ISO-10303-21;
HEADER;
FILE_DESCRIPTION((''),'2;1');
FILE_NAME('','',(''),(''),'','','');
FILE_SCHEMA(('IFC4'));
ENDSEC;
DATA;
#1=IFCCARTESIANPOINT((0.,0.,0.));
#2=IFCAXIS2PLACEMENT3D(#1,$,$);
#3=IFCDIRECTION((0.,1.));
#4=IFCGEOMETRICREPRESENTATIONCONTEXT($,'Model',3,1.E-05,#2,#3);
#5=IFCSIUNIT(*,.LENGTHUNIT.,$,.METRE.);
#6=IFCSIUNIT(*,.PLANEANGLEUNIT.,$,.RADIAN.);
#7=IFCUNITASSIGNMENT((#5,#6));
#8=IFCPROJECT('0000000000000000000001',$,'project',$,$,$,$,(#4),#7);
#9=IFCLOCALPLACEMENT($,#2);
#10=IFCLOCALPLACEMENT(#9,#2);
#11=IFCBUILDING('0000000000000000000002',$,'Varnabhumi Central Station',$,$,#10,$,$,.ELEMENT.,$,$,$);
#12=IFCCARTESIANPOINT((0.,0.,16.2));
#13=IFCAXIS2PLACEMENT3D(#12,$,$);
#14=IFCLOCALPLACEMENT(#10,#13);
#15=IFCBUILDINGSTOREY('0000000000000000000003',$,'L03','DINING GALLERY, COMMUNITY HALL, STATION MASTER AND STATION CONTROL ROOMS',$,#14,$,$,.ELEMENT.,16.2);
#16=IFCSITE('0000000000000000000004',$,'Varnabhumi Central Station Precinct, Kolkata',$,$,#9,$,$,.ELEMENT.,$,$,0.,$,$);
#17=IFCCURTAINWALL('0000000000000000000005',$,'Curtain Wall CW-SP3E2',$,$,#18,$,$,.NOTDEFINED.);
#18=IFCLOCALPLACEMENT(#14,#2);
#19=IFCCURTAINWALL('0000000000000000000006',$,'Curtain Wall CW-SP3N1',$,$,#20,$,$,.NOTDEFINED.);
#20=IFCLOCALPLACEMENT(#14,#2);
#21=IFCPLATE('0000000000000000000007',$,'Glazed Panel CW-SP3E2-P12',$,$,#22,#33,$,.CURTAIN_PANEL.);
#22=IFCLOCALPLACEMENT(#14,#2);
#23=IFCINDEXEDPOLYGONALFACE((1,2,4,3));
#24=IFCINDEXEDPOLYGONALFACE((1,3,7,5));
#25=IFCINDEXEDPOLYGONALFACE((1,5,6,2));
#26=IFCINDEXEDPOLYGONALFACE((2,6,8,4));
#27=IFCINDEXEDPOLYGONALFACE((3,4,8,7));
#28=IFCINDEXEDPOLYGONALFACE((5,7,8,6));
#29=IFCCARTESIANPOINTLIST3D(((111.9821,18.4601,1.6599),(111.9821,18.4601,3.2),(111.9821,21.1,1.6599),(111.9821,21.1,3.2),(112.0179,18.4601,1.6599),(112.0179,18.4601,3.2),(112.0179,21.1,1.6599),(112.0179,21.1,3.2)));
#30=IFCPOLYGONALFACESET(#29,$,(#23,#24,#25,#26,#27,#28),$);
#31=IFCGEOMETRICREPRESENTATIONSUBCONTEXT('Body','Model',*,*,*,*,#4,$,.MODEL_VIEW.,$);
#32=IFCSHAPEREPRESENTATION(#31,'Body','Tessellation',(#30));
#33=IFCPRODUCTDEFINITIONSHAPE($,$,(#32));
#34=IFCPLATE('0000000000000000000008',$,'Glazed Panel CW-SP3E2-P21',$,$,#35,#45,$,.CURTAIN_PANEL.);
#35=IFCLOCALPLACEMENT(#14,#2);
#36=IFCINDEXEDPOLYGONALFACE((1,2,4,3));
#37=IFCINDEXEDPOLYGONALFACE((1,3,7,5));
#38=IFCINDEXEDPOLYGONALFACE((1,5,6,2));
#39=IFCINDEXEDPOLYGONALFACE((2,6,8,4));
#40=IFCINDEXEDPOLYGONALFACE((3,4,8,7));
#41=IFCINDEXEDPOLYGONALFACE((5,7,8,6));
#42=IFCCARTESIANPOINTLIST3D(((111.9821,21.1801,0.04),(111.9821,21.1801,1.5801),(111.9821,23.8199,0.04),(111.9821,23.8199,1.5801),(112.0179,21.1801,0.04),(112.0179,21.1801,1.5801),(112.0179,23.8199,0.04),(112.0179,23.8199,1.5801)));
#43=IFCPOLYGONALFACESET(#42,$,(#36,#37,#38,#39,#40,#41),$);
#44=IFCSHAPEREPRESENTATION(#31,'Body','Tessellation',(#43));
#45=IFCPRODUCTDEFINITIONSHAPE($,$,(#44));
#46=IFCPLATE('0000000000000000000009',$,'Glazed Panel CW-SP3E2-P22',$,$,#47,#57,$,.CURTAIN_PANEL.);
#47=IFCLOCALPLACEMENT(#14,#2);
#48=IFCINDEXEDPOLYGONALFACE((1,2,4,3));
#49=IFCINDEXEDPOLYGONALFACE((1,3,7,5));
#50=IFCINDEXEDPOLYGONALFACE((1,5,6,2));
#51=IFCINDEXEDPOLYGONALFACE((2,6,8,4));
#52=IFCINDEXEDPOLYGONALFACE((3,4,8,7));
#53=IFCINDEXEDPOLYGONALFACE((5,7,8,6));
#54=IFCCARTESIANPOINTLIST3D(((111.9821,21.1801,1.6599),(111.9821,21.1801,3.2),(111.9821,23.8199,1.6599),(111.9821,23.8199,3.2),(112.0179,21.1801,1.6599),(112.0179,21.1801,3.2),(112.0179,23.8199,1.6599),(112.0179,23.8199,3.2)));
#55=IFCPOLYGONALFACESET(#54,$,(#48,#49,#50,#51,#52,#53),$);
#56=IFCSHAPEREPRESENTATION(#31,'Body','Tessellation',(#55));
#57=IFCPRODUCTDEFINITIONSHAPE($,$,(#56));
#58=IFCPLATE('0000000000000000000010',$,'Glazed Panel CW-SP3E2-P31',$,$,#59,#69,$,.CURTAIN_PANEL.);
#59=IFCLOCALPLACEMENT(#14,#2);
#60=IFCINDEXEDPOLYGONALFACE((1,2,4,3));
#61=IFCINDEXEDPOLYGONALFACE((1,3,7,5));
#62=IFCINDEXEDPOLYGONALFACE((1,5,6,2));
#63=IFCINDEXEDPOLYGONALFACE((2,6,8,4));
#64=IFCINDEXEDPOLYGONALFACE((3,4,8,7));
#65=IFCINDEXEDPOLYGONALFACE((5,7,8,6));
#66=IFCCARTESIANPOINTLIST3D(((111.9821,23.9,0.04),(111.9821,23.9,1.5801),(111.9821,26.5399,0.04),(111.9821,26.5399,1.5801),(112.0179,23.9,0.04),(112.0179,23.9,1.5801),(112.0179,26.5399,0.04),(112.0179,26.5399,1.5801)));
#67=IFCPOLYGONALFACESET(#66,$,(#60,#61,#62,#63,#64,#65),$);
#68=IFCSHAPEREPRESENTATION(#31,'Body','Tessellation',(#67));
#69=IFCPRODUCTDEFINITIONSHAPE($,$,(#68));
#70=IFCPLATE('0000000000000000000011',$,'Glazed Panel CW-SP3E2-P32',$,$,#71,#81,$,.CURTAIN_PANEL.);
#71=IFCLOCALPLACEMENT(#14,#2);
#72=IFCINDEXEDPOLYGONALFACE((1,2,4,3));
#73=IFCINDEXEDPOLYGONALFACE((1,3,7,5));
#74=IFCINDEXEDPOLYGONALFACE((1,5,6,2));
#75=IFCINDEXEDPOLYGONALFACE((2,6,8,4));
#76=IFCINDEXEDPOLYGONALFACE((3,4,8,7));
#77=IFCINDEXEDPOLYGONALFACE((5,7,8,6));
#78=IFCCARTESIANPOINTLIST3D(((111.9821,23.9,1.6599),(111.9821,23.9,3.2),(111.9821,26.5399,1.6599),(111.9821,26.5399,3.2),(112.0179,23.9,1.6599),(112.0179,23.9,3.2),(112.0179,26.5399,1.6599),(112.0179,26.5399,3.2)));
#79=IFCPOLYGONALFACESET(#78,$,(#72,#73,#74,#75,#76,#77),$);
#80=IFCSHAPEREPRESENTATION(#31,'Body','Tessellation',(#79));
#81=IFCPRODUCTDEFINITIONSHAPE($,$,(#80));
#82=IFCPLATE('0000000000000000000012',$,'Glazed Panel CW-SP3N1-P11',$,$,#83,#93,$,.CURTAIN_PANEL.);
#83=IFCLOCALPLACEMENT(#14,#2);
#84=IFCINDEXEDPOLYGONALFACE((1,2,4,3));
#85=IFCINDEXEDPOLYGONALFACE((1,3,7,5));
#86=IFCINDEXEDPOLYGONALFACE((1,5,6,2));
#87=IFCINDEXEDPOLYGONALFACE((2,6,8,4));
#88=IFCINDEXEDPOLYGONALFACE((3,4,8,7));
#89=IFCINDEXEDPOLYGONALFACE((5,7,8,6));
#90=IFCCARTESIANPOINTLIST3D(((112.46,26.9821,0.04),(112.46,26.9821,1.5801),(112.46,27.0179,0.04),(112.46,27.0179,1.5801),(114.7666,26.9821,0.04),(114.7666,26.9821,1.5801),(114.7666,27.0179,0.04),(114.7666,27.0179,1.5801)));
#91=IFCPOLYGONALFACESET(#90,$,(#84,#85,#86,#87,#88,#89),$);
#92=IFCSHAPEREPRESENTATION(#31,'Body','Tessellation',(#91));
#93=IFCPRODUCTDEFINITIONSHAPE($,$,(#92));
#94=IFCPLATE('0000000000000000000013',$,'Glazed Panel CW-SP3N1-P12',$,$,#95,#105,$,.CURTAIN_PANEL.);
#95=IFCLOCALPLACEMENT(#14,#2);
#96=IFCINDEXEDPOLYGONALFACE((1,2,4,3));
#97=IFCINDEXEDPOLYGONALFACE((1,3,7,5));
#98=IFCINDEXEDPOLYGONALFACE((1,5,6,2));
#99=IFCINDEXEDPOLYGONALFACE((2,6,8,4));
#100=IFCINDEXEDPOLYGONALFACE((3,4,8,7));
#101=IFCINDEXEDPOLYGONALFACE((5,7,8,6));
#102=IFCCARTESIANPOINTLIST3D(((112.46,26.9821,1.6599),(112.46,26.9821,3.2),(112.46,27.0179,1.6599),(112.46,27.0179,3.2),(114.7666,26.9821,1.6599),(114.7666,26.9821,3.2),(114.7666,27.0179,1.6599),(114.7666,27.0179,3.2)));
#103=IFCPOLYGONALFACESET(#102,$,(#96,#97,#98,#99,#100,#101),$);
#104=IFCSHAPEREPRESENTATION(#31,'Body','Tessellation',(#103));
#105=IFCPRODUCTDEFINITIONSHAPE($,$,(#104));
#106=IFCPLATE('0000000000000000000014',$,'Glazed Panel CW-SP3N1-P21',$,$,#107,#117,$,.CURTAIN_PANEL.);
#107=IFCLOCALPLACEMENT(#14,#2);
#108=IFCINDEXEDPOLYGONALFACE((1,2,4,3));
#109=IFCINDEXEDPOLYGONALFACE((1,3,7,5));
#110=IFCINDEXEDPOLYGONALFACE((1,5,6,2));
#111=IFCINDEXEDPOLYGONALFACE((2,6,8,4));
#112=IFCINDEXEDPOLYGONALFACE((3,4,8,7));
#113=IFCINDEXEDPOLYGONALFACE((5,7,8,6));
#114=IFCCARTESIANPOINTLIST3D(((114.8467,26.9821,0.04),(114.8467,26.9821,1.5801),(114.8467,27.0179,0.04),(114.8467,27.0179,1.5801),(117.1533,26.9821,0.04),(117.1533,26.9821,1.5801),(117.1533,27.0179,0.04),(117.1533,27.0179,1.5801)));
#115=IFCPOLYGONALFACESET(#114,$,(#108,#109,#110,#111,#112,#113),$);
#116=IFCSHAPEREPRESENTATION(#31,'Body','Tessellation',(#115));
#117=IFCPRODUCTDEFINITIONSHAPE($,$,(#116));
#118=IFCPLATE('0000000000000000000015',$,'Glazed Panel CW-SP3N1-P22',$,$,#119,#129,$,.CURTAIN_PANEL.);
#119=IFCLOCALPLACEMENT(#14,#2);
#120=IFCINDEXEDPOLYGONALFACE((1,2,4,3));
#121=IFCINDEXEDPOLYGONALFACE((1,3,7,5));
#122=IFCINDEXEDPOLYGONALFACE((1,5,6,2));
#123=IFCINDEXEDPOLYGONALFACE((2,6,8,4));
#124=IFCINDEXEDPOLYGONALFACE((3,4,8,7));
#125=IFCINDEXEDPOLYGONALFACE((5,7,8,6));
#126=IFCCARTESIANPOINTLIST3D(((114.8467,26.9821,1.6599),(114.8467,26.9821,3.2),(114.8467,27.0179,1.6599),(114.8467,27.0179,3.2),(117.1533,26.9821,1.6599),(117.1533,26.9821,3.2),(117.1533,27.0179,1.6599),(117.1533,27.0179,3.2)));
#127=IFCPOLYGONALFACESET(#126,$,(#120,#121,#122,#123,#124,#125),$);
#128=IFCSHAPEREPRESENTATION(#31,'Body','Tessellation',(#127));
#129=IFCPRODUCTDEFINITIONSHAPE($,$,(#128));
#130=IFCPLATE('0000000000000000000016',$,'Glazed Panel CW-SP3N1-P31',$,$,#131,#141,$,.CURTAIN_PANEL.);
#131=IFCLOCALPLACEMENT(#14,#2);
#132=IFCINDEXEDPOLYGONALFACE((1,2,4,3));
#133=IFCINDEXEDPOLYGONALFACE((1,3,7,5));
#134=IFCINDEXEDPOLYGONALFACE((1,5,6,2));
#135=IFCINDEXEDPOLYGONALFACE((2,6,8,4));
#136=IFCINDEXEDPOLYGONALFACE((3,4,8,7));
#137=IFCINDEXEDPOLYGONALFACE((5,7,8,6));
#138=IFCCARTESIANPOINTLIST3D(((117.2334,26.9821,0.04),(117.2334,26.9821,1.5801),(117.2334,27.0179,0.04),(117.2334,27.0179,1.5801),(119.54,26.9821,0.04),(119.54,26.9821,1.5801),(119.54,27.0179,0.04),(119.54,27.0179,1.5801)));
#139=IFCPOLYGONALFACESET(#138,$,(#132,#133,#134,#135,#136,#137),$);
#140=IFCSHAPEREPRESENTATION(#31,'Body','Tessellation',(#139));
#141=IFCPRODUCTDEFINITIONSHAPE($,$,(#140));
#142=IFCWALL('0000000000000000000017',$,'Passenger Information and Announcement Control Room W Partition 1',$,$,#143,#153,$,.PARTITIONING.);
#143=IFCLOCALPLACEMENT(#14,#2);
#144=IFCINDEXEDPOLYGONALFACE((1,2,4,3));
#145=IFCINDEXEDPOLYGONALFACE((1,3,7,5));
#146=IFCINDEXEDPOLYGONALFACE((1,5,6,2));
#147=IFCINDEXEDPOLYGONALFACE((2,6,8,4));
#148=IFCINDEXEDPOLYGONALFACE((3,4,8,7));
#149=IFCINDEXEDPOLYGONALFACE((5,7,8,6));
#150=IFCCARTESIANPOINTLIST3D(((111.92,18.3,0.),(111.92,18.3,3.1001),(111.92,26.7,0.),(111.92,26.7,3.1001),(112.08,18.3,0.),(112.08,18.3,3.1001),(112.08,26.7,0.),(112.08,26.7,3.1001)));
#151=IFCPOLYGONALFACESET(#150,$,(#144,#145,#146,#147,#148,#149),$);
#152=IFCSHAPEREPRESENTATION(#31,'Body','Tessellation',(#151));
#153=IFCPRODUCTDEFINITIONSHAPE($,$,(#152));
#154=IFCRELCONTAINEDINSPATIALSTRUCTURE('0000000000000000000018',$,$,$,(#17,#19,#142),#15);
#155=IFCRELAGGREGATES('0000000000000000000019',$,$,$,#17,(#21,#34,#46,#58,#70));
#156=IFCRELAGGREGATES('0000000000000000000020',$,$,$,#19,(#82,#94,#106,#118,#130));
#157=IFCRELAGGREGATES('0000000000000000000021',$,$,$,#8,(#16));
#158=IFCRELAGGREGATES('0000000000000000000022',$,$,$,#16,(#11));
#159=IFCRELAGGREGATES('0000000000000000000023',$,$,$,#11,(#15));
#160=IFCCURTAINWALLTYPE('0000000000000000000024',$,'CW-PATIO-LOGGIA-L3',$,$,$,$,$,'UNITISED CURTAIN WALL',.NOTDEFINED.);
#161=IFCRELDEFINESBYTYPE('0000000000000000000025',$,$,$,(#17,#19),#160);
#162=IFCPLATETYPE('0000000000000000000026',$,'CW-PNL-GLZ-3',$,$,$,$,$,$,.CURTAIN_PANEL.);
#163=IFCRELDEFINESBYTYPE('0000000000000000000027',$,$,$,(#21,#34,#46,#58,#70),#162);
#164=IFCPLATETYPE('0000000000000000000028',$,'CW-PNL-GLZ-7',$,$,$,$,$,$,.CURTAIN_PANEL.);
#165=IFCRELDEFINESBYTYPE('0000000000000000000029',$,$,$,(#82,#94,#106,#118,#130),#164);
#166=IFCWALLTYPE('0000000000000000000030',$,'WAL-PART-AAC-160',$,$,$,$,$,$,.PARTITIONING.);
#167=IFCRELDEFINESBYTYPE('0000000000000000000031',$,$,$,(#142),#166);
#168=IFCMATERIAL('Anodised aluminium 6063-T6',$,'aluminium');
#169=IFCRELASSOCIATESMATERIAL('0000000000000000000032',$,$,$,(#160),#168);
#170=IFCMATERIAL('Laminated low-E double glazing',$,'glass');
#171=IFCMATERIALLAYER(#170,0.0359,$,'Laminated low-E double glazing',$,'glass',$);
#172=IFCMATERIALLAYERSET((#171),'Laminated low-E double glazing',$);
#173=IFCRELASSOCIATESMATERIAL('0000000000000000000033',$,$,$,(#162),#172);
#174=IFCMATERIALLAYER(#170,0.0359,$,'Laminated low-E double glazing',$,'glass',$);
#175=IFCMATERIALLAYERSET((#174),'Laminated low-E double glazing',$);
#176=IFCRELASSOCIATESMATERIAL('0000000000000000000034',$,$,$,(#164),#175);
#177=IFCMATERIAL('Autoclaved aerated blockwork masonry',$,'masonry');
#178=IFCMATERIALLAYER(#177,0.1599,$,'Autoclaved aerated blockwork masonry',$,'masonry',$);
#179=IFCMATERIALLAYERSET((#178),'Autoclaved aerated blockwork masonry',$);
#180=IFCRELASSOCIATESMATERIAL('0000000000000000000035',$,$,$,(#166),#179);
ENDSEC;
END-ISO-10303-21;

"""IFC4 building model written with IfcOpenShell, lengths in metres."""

from ifc_helpers import new_model, si_unit, direction, frame, frame_2d, origin, origin_2d, place, context, subcontext, project, spatial, rectangle, extrude, material, layer, layer_set, type_object, element, aggregate, save


model = new_model("IFC4")

# Units and contexts
model_context = context("Model", 3, precision=1e-05, world=origin(), true_north=direction((0.0, 1.0)))
body_context = subcontext(model_context, "Body", "Model", "MODEL_VIEW")
ifc_project = project(units=[si_unit("LENGTHUNIT", "METRE"), si_unit("PLANEANGLEUNIT", "RADIAN")], contexts=[model_context])

# Site, building, storey
site_placement = place(None, origin())
site = spatial("IfcSite", under=ifc_project, at=site_placement, Name="Varnabhumi Central Station Precinct, Kolkata", CompositionType="ELEMENT", RefElevation=0.0)
building_placement = place(site_placement, origin())
building = spatial("IfcBuilding", under=site, at=building_placement, Name="Varnabhumi Central Station", CompositionType="ELEMENT")
storey_placement = place(building_placement, frame((0.0, 0.0, 16.2)))
storey = spatial("IfcBuildingStorey", under=building, at=storey_placement, Name="L03", Description="DINING GALLERY, COMMUNITY HALL, STATION MASTER AND STATION CONTROL ROOMS", CompositionType="ELEMENT", Elevation=16.2)

# Curtain walls
ifc_material_1 = material(Name="Anodised aluminium 6063-T6", Category="aluminium")
curtain_wall_type = type_object("IfcCurtainWallType", Name="CW-PATIO-LOGGIA-L3", ElementType="UNITISED CURTAIN WALL", PredefinedType="NOTDEFINED", material=ifc_material_1)
curtain_wall_1_placement = place(storey_placement, origin())
curtain_wall_1 = element("IfcCurtainWall", 1, at=curtain_wall_1_placement, inside=storey, type_object=curtain_wall_type, Name="Curtain Wall CW-SP3E2", PredefinedType="NOTDEFINED")
curtain_wall_2_placement = place(storey_placement, origin())
curtain_wall_2 = element("IfcCurtainWall", 2, at=curtain_wall_2_placement, inside=storey, type_object=curtain_wall_type, Name="Curtain Wall CW-SP3N1", PredefinedType="NOTDEFINED")

# Plates
ifc_material_2 = material(Name="Laminated low-E double glazing", Category="glass")
ifc_layer_1 = layer(ifc_material_2, 0.0359, Name="Laminated low-E double glazing", Category="glass")
ifc_layer_set_1 = layer_set([ifc_layer_1], Name="Laminated low-E double glazing")
plate_type_1 = type_object("IfcPlateType", Name="CW-PNL-GLZ-3", PredefinedType="CURTAIN_PANEL", material=ifc_layer_set_1)
plate_1_placement = place(storey_placement, frame((112.0, 19.78, 1.6599), z_axis=(0.0, 0.0, 1.0), x_axis=(0.0, 1.0, 0.0)))
plate_1 = element("IfcPlate", 3, at=plate_1_placement, type_object=plate_type_1, Name="Glazed Panel CW-SP3E2-P12", PredefinedType="CURTAIN_PANEL", context=body_context, shape_type="SweptSolid", body=[
    extrude(rectangle(XDim=2.6399, YDim=0.0359, at=origin_2d()), origin(), (0.0, 0.0, 1.0), 1.54),
])
plate_2_placement = place(storey_placement, frame((112.0, 22.5, 0.04), z_axis=(0.0, 0.0, 1.0), x_axis=(0.0, 1.0, 0.0)))
plate_2 = element("IfcPlate", 4, at=plate_2_placement, type_object=plate_type_1, Name="Glazed Panel CW-SP3E2-P21", PredefinedType="CURTAIN_PANEL", context=body_context, shape_type="SweptSolid", body=[
    extrude(rectangle(XDim=2.6399, YDim=0.0359, at=origin_2d()), origin(), (0.0, 0.0, 1.0), 1.54),
])
plate_3_placement = place(storey_placement, frame((112.0, 22.5, 1.6599), z_axis=(0.0, 0.0, 1.0), x_axis=(0.0, 1.0, 0.0)))
plate_3 = element("IfcPlate", 5, at=plate_3_placement, type_object=plate_type_1, Name="Glazed Panel CW-SP3E2-P22", PredefinedType="CURTAIN_PANEL", context=body_context, shape_type="SweptSolid", body=[
    extrude(rectangle(XDim=2.6399, YDim=0.0359, at=origin_2d()), origin(), (0.0, 0.0, 1.0), 1.54),
])
plate_4_placement = place(storey_placement, frame((112.0, 25.22, 0.04), z_axis=(0.0, 0.0, 1.0), x_axis=(0.0, 1.0, 0.0)))
plate_4 = element("IfcPlate", 6, at=plate_4_placement, type_object=plate_type_1, Name="Glazed Panel CW-SP3E2-P31", PredefinedType="CURTAIN_PANEL", context=body_context, shape_type="SweptSolid", body=[
    extrude(rectangle(XDim=2.6399, YDim=0.0359, at=origin_2d()), origin(), (0.0, 0.0, 1.0), 1.54),
])
plate_5_placement = place(storey_placement, frame((112.0, 25.22, 1.6599), z_axis=(0.0, 0.0, 1.0), x_axis=(0.0, 1.0, 0.0)))
plate_5 = element("IfcPlate", 7, at=plate_5_placement, type_object=plate_type_1, Name="Glazed Panel CW-SP3E2-P32", PredefinedType="CURTAIN_PANEL", context=body_context, shape_type="SweptSolid", body=[
    extrude(rectangle(XDim=2.6399, YDim=0.0359, at=origin_2d()), origin(), (0.0, 0.0, 1.0), 1.54),
])
aggregate(curtain_wall_1, [plate_1, plate_2, plate_3, plate_4, plate_5])
ifc_layer_2 = layer(ifc_material_2, 0.0359, Name="Laminated low-E double glazing", Category="glass")
ifc_layer_set_2 = layer_set([ifc_layer_2], Name="Laminated low-E double glazing")
plate_type_2 = type_object("IfcPlateType", Name="CW-PNL-GLZ-7", PredefinedType="CURTAIN_PANEL", material=ifc_layer_set_2)
plate_6_placement = place(storey_placement, frame((113.6133, 27.0, 0.04), z_axis=(0.0, 0.0, 1.0), x_axis=(1.0, 0.0, 0.0)))
plate_6 = element("IfcPlate", 8, at=plate_6_placement, type_object=plate_type_2, Name="Glazed Panel CW-SP3N1-P11", PredefinedType="CURTAIN_PANEL", context=body_context, shape_type="SweptSolid", body=[
    extrude(rectangle(XDim=2.3066, YDim=0.0359, at=origin_2d()), origin(), (0.0, 0.0, 1.0), 1.54),
])
plate_7_placement = place(storey_placement, frame((113.6133, 27.0, 1.6599), z_axis=(0.0, 0.0, 1.0), x_axis=(1.0, 0.0, 0.0)))
plate_7 = element("IfcPlate", 9, at=plate_7_placement, type_object=plate_type_2, Name="Glazed Panel CW-SP3N1-P12", PredefinedType="CURTAIN_PANEL", context=body_context, shape_type="SweptSolid", body=[
    extrude(rectangle(XDim=2.3066, YDim=0.0359, at=origin_2d()), origin(), (0.0, 0.0, 1.0), 1.54),
])
plate_8_placement = place(storey_placement, frame((116.0, 27.0, 0.04), z_axis=(0.0, 0.0, 1.0), x_axis=(1.0, 0.0, 0.0)))
plate_8 = element("IfcPlate", 10, at=plate_8_placement, type_object=plate_type_2, Name="Glazed Panel CW-SP3N1-P21", PredefinedType="CURTAIN_PANEL", context=body_context, shape_type="SweptSolid", body=[
    extrude(rectangle(XDim=2.3066, YDim=0.0359, at=origin_2d()), origin(), (0.0, 0.0, 1.0), 1.54),
])
plate_9_placement = place(storey_placement, frame((116.0, 27.0, 1.6599), z_axis=(0.0, 0.0, 1.0), x_axis=(1.0, 0.0, 0.0)))
plate_9 = element("IfcPlate", 11, at=plate_9_placement, type_object=plate_type_2, Name="Glazed Panel CW-SP3N1-P22", PredefinedType="CURTAIN_PANEL", context=body_context, shape_type="SweptSolid", body=[
    extrude(rectangle(XDim=2.3066, YDim=0.0359, at=origin_2d()), origin(), (0.0, 0.0, 1.0), 1.54),
])
plate_10_placement = place(storey_placement, frame((118.3867, 27.0, 0.04), z_axis=(0.0, 0.0, 1.0), x_axis=(1.0, 0.0, 0.0)))
plate_10 = element("IfcPlate", 12, at=plate_10_placement, type_object=plate_type_2, Name="Glazed Panel CW-SP3N1-P31", PredefinedType="CURTAIN_PANEL", context=body_context, shape_type="SweptSolid", body=[
    extrude(rectangle(XDim=2.3066, YDim=0.0359, at=origin_2d()), origin(), (0.0, 0.0, 1.0), 1.54),
])
aggregate(curtain_wall_2, [plate_6, plate_7, plate_8, plate_9, plate_10])

# Wall
ifc_material_3 = material(Name="Autoclaved aerated blockwork masonry", Category="masonry")
ifc_layer_3 = layer(ifc_material_3, 0.1599, Name="Autoclaved aerated blockwork masonry", Category="masonry")
ifc_layer_set_3 = layer_set([ifc_layer_3], Name="Autoclaved aerated blockwork masonry")
wall_type = type_object("IfcWallType", Name="WAL-PART-AAC-160", PredefinedType="PARTITIONING", material=ifc_layer_set_3)
wall_placement = place(storey_placement, frame((112.0, 18.3, 0.0), z_axis=(0.0, 0.0, 1.0), x_axis=(0.0, 1.0, 0.0)))
element("IfcWall", 13, at=wall_placement, inside=storey, type_object=wall_type, Name="Passenger Information and Announcement Control Room W Partition 1", PredefinedType="PARTITIONING", context=body_context, shape_type="SweptSolid", body=[
    extrude(rectangle(XDim=8.3999, YDim=0.1599, at=frame_2d((4.2, 0.0))), origin(), (0.0, 0.0, 1.0), 3.1001),
])

save(model, "model.ifc")
